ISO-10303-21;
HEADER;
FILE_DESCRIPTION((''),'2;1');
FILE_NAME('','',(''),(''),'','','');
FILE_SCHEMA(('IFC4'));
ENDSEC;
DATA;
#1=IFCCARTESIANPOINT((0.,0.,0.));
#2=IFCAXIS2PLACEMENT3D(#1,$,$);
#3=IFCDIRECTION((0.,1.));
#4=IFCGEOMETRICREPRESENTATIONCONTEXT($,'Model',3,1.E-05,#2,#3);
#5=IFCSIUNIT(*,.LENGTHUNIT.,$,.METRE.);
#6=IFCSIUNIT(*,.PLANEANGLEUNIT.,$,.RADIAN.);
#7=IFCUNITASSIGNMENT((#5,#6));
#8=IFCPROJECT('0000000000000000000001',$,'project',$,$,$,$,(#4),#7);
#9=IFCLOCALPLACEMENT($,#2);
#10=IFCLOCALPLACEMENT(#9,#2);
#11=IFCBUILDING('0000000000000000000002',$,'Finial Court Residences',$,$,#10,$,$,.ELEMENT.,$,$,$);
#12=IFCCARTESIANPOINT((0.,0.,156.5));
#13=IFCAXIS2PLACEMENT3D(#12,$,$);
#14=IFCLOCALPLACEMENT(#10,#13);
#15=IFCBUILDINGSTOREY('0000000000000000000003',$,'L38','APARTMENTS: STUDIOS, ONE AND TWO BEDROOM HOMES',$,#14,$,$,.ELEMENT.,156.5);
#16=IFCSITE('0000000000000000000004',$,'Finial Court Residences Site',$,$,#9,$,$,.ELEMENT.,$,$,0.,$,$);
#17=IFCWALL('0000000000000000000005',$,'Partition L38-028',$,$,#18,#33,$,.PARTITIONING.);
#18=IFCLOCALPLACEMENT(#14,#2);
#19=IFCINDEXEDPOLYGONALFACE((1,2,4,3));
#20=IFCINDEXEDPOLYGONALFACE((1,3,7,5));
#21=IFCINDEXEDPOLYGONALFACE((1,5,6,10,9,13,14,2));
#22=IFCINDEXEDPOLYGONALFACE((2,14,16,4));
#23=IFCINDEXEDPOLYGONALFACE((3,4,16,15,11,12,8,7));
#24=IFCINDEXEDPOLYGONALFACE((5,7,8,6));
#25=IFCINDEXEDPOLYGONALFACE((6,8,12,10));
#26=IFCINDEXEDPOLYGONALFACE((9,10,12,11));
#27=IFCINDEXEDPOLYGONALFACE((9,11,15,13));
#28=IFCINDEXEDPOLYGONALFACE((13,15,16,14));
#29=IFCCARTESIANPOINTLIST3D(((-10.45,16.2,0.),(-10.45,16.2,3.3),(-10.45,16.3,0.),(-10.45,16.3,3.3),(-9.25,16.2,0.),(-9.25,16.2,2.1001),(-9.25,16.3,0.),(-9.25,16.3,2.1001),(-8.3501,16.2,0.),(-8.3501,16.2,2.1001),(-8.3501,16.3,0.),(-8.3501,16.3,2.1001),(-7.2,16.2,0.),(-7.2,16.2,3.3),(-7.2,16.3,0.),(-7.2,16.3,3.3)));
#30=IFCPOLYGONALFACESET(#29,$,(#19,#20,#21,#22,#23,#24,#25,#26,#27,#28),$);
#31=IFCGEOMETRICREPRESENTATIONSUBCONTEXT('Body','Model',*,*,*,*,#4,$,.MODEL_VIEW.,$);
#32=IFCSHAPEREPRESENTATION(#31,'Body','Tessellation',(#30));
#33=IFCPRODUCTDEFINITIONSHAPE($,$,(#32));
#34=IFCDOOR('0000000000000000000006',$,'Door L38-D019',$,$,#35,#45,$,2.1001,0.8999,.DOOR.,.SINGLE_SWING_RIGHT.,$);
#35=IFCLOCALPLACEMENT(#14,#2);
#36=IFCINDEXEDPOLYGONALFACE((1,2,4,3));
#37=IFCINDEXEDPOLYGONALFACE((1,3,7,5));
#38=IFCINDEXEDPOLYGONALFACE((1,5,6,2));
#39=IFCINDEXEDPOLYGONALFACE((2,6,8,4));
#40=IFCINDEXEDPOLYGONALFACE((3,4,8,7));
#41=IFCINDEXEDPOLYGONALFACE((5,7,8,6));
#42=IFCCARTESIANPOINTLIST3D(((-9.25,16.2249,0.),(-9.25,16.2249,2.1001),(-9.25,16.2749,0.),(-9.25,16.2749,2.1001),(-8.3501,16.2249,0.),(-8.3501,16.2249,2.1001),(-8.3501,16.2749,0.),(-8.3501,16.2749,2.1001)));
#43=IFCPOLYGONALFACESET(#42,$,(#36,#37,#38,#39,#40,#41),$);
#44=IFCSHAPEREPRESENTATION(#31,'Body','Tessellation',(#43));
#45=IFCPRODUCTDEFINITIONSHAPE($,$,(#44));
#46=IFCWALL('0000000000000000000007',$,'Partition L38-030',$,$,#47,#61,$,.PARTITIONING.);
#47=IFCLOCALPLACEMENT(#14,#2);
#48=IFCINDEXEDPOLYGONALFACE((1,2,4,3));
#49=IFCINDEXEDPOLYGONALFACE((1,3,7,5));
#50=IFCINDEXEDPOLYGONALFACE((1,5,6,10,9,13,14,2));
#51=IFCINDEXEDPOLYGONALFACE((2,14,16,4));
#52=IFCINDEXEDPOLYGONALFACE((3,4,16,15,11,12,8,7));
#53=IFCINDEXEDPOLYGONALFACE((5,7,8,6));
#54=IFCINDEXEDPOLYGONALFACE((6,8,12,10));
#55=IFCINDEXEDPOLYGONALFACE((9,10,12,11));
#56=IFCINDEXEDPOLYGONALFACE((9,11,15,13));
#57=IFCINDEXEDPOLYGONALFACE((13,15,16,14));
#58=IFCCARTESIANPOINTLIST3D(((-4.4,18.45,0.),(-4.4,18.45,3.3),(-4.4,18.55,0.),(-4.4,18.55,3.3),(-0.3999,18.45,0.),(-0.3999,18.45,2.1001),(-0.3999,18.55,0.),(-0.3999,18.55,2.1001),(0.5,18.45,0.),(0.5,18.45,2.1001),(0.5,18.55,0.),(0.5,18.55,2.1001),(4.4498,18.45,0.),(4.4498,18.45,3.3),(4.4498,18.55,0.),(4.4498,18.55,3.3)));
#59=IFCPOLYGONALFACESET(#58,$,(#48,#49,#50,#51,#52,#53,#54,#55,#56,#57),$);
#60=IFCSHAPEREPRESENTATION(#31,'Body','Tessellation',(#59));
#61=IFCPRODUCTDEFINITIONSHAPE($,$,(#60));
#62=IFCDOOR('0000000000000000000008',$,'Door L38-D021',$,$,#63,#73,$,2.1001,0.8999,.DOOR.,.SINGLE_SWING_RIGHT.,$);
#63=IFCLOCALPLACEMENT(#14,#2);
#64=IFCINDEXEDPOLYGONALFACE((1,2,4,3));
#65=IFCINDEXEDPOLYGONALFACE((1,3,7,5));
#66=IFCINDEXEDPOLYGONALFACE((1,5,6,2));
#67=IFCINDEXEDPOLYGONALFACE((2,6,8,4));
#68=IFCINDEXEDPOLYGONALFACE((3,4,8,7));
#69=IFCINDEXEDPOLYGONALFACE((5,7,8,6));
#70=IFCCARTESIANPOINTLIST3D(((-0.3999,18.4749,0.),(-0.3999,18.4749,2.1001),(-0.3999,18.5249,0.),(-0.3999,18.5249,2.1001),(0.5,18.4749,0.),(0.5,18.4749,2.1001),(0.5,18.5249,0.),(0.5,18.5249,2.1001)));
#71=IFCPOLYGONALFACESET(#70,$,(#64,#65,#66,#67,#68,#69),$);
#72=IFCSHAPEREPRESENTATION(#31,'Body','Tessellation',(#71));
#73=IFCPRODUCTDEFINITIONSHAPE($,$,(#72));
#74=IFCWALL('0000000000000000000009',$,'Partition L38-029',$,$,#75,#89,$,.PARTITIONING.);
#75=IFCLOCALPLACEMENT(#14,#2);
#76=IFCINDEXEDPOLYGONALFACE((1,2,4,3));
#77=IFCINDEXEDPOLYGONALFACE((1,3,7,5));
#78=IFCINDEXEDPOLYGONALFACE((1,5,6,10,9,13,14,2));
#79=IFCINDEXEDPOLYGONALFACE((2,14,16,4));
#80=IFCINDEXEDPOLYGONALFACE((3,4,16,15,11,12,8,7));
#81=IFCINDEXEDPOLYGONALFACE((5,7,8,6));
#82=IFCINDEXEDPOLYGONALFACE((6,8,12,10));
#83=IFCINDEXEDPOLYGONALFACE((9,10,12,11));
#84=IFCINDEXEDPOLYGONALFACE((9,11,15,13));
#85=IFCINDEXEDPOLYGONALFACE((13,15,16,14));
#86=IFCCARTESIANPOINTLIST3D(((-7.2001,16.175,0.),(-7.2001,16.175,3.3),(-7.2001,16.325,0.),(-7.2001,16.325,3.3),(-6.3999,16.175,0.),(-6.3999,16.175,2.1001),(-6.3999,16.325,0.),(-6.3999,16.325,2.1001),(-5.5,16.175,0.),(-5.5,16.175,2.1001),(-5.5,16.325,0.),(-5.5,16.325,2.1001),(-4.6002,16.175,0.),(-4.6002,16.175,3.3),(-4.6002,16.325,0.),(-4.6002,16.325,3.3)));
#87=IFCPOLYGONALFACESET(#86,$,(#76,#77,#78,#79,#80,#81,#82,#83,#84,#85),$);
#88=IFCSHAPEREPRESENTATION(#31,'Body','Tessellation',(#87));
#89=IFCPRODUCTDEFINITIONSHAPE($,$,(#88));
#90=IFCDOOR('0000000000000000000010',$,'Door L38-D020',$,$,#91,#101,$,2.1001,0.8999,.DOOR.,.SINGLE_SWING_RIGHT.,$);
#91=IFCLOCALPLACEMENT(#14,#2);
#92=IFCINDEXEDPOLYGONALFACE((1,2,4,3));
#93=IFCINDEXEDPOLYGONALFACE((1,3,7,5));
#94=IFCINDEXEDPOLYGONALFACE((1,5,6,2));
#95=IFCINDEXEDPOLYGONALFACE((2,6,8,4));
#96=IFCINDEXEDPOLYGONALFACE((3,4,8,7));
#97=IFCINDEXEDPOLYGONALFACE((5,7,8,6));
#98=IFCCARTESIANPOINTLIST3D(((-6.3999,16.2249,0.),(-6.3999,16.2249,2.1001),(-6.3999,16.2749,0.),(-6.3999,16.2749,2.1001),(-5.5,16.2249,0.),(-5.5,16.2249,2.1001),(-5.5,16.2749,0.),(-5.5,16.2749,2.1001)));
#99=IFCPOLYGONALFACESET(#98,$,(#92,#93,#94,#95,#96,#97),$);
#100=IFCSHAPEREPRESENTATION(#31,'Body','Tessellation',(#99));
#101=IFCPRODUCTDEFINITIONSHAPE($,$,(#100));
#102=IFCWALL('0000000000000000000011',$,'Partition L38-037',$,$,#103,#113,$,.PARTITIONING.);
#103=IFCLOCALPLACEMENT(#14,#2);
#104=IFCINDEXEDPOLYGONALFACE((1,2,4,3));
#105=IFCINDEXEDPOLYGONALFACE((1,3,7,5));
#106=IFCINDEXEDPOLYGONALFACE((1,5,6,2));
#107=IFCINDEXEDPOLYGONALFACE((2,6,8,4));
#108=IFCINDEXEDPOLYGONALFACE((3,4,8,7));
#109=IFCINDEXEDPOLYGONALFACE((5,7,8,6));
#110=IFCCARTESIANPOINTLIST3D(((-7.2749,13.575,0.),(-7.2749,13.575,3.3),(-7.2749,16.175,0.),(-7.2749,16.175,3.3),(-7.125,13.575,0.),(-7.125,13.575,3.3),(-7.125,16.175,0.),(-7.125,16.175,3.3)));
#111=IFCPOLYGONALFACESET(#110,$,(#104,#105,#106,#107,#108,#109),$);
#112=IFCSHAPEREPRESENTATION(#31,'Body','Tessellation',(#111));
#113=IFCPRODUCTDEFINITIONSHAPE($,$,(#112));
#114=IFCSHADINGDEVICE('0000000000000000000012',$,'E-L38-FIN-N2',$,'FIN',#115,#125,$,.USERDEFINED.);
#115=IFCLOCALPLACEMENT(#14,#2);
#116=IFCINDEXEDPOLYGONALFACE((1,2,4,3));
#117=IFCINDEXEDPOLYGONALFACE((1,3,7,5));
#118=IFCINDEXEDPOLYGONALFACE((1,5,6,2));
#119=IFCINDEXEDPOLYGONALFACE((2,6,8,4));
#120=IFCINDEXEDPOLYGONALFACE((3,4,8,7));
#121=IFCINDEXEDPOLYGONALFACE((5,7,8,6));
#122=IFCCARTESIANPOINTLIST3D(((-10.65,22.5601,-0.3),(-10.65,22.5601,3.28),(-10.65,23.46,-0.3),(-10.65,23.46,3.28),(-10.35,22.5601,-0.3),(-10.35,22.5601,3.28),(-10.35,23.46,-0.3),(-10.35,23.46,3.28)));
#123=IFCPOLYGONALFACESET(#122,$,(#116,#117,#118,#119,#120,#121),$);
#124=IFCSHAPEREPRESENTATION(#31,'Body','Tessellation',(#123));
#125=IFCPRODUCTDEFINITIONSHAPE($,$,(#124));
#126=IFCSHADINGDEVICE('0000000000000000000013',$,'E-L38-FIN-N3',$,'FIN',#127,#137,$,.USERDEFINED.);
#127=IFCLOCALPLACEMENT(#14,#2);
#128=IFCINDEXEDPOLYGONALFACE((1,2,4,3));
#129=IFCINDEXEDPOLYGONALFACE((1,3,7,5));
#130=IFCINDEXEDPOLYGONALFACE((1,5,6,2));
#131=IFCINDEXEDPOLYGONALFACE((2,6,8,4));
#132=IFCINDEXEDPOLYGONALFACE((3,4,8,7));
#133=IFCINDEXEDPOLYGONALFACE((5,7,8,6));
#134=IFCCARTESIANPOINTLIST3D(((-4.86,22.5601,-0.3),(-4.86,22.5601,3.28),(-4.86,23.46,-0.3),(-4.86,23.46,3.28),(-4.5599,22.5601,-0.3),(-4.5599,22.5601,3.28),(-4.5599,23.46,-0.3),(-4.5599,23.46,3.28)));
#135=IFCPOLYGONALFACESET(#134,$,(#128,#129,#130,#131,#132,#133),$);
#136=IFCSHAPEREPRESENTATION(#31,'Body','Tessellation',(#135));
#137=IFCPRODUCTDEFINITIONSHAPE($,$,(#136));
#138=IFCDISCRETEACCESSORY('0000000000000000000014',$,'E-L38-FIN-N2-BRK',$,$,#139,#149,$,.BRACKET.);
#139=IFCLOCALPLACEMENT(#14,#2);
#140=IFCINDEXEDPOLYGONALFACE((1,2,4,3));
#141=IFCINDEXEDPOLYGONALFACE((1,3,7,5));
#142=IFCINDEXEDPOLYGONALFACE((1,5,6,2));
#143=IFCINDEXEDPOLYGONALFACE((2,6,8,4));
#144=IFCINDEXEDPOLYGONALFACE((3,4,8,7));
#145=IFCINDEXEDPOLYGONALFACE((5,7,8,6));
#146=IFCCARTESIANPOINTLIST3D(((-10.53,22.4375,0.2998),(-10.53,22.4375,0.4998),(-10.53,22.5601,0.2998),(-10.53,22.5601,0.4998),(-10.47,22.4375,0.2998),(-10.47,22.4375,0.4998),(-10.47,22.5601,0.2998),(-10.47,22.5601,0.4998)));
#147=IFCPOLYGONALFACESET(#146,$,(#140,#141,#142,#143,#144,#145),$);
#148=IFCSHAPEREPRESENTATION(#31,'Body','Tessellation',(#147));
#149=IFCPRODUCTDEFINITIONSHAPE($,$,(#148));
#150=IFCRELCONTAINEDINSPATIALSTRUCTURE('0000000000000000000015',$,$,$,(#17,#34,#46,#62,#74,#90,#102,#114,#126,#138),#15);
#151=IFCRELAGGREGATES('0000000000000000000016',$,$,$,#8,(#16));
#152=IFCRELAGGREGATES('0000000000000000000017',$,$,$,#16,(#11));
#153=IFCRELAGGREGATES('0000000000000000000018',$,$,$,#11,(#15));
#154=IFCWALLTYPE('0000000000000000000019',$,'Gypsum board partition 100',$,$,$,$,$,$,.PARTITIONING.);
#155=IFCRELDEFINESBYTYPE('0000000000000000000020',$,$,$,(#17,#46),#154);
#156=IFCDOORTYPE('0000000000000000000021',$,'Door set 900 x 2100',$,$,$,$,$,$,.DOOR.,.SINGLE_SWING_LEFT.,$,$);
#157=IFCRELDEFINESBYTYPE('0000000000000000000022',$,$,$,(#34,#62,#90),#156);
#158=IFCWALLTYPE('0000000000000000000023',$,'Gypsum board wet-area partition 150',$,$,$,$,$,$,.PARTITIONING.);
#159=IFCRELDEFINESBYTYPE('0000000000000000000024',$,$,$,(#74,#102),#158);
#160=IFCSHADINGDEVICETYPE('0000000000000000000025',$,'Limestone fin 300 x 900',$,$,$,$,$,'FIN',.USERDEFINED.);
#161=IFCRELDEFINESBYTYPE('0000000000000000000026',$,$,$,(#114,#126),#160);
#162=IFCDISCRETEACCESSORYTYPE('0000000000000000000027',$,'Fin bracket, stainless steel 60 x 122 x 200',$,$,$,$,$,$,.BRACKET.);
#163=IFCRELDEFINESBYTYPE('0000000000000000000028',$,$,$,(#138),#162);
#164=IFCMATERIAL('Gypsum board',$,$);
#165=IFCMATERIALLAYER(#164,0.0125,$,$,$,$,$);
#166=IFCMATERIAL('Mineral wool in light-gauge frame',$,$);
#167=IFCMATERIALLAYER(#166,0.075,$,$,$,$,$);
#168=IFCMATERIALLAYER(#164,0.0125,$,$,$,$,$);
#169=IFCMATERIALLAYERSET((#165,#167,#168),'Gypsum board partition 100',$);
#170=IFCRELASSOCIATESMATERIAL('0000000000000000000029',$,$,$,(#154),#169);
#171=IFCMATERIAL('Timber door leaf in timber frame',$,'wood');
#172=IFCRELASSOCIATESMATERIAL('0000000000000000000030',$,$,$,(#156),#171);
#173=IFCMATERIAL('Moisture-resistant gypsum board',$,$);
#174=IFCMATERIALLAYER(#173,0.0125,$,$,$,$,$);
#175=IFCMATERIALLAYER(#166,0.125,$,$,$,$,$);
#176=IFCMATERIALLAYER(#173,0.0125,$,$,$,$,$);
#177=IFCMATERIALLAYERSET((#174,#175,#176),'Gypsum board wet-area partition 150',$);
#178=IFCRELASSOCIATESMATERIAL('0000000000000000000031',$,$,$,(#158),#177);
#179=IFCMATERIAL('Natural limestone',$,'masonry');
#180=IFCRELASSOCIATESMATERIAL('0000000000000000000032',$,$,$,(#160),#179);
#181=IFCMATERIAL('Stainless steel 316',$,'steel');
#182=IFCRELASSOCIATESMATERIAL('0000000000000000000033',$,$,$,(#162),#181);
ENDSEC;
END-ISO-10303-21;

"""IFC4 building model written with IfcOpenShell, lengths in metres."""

from ifc_helpers import new_model, si_unit, direction, frame, frame_2d, origin, origin_2d, place, context, subcontext, project, spatial, rectangle, extrude, material, layer, layer_set, type_object, element, fill, save


model = new_model("IFC4")

# Units and contexts
model_context = context("Model", 3, precision=1e-05, world=origin(), true_north=direction((0.0, 1.0)))
body_context = subcontext(model_context, "Body", "Model", "MODEL_VIEW")
ifc_project = project(units=[si_unit("LENGTHUNIT", "METRE"), si_unit("PLANEANGLEUNIT", "RADIAN")], contexts=[model_context])

# Site, building, storey
site_placement = place(None, origin())
site = spatial("IfcSite", under=ifc_project, at=site_placement, Name="Finial Court Residences Site", CompositionType="ELEMENT", RefElevation=0.0)
building_placement = place(site_placement, origin())
building = spatial("IfcBuilding", under=site, at=building_placement, Name="Finial Court Residences", CompositionType="ELEMENT")
storey_placement = place(building_placement, frame((0.0, 0.0, 156.5)))
storey = spatial("IfcBuildingStorey", under=building, at=storey_placement, Name="L38", Description="APARTMENTS: STUDIOS, ONE AND TWO BEDROOM HOMES", CompositionType="ELEMENT", Elevation=156.5)

# Shared definitions
ifc_material_1 = material(Name="Gypsum board")
ifc_layer_1 = layer(ifc_material_1, 0.0125)
ifc_material_2 = material(Name="Mineral wool in light-gauge frame")
ifc_layer_2 = layer(ifc_material_2, 0.075)
ifc_layer_3 = layer(ifc_material_1, 0.0125)
ifc_layer_set_1 = layer_set([ifc_layer_1, ifc_layer_2, ifc_layer_3], Name="Gypsum board partition 100")
wall_type_1 = type_object("IfcWallType", Name="Gypsum board partition 100", PredefinedType="PARTITIONING", material=ifc_layer_set_1)

# Walls, openings, doors
wall_1_placement = place(storey_placement, frame((-10.45, 16.25, 0.0), z_axis=(0.0, 0.0, 1.0), x_axis=(1.0, 0.0, 0.0)))
wall_1 = element("IfcWall", 1, at=wall_1_placement, inside=storey, type_object=wall_type_1, Name="Partition L38-028", PredefinedType="PARTITIONING", context=body_context, shape_type="SweptSolid", body=[
    extrude(rectangle(XDim=3.25, YDim=0.1001, at=frame_2d((1.625, 0.0))), origin(), (0.0, 0.0, 1.0), 3.3),
])
opening_1_placement = place(wall_1_placement, frame((1.2, 0.0, 0.0)))
opening_1 = element("IfcOpeningElement", 2, at=opening_1_placement, cuts=wall_1, PredefinedType="OPENING", context=body_context, shape_type="SweptSolid", body=[
    extrude(rectangle(XDim=0.8999, YDim=2.1001, at=frame_2d((0.45, 1.05))), frame((0.0, 0.0601, 0.0), z_axis=(0.0, -1.0, 0.0), x_axis=(1.0, 0.0, 0.0)), (0.0, 0.0, 1.0), 0.1201),
])
ifc_material_3 = material(Name="Timber door leaf in timber frame", Category="wood")
door_type = type_object("IfcDoorType", Name="Door set 900 x 2100", OperationType="SINGLE_SWING_LEFT", PredefinedType="DOOR", material=ifc_material_3)
door_1_placement = place(opening_1_placement, origin())
door_1 = element("IfcDoor", 3, at=door_1_placement, inside=storey, type_object=door_type, Name="Door L38-D019", OperationType="SINGLE_SWING_RIGHT", OverallHeight=2.1001, OverallWidth=0.8999, PredefinedType="DOOR", context=body_context, shape_type="SweptSolid", body=[
    extrude(rectangle(XDim=0.8999, YDim=2.1001, at=frame_2d((0.45, 1.05))), frame((0.0, 0.0249, 0.0), z_axis=(0.0, -1.0, 0.0), x_axis=(1.0, 0.0, 0.0)), (0.0, 0.0, 1.0), 0.05),
])
fill(opening_1, door_1)
wall_2_placement = place(storey_placement, frame((-4.3999, 18.5, 0.0), z_axis=(0.0, 0.0, 1.0), x_axis=(1.0, 0.0, 0.0)))
wall_2 = element("IfcWall", 4, at=wall_2_placement, inside=storey, type_object=wall_type_1, Name="Partition L38-030", PredefinedType="PARTITIONING", context=body_context, shape_type="SweptSolid", body=[
    extrude(rectangle(XDim=8.8499, YDim=0.1001, at=frame_2d((4.4248, 0.0))), origin(), (0.0, 0.0, 1.0), 3.3),
])
opening_2_placement = place(wall_2_placement, frame((4.0, 0.0, 0.0)))
opening_2 = element("IfcOpeningElement", 5, at=opening_2_placement, cuts=wall_2, PredefinedType="OPENING", context=body_context, shape_type="SweptSolid", body=[
    extrude(rectangle(XDim=0.8999, YDim=2.1001, at=frame_2d((0.45, 1.05))), frame((0.0, 0.0601, 0.0), z_axis=(0.0, -1.0, 0.0), x_axis=(1.0, 0.0, 0.0)), (0.0, 0.0, 1.0), 0.1201),
])
door_2_placement = place(opening_2_placement, origin())
door_2 = element("IfcDoor", 6, at=door_2_placement, inside=storey, type_object=door_type, Name="Door L38-D021", OperationType="SINGLE_SWING_RIGHT", OverallHeight=2.1001, OverallWidth=0.8999, PredefinedType="DOOR", context=body_context, shape_type="SweptSolid", body=[
    extrude(rectangle(XDim=0.8999, YDim=2.1001, at=frame_2d((0.45, 1.05))), frame((0.0, 0.0249, 0.0), z_axis=(0.0, -1.0, 0.0), x_axis=(1.0, 0.0, 0.0)), (0.0, 0.0, 1.0), 0.05),
])
fill(opening_2, door_2)
ifc_material_4 = material(Name="Moisture-resistant gypsum board")
ifc_layer_4 = layer(ifc_material_4, 0.0125)
ifc_layer_5 = layer(ifc_material_2, 0.125)
ifc_layer_6 = layer(ifc_material_4, 0.0125)
ifc_layer_set_2 = layer_set([ifc_layer_4, ifc_layer_5, ifc_layer_6], Name="Gypsum board wet-area partition 150")
wall_type_2 = type_object("IfcWallType", Name="Gypsum board wet-area partition 150", PredefinedType="PARTITIONING", material=ifc_layer_set_2)
wall_3_placement = place(storey_placement, frame((-7.2, 16.25, 0.0), z_axis=(0.0, 0.0, 1.0), x_axis=(1.0, 0.0, 0.0)))
wall_3 = element("IfcWall", 7, at=wall_3_placement, inside=storey, type_object=wall_type_2, Name="Partition L38-029", PredefinedType="PARTITIONING", context=body_context, shape_type="SweptSolid", body=[
    extrude(rectangle(XDim=2.5999, YDim=0.1499, at=frame_2d((1.2998, 0.0))), origin(), (0.0, 0.0, 1.0), 3.3),
])
opening_3_placement = place(wall_3_placement, frame((0.8, 0.0, 0.0)))
opening_3 = element("IfcOpeningElement", 8, at=opening_3_placement, cuts=wall_3, PredefinedType="OPENING", context=body_context, shape_type="SweptSolid", body=[
    extrude(rectangle(XDim=0.8999, YDim=2.1001, at=frame_2d((0.45, 1.05))), frame((0.0, 0.085, 0.0), z_axis=(0.0, -1.0, 0.0), x_axis=(1.0, 0.0, 0.0)), (0.0, 0.0, 1.0), 0.1699),
])
door_3_placement = place(opening_3_placement, origin())
door_3 = element("IfcDoor", 9, at=door_3_placement, inside=storey, type_object=door_type, Name="Door L38-D020", OperationType="SINGLE_SWING_RIGHT", OverallHeight=2.1001, OverallWidth=0.8999, PredefinedType="DOOR", context=body_context, shape_type="SweptSolid", body=[
    extrude(rectangle(XDim=0.8999, YDim=2.1001, at=frame_2d((0.45, 1.05))), frame((0.0, 0.0249, 0.0), z_axis=(0.0, -1.0, 0.0), x_axis=(1.0, 0.0, 0.0)), (0.0, 0.0, 1.0), 0.05),
])
fill(opening_3, door_3)

# Wall
wall_4_placement = place(storey_placement, frame((-7.2, 13.575, 0.0), z_axis=(0.0, 0.0, 1.0), x_axis=(0.0, 1.0, 0.0)))
element("IfcWall", 10, at=wall_4_placement, inside=storey, type_object=wall_type_2, Name="Partition L38-037", PredefinedType="PARTITIONING", context=body_context, shape_type="SweptSolid", body=[
    extrude(rectangle(XDim=2.6001, YDim=0.1499, at=frame_2d((1.3, 0.0))), origin(), (0.0, 0.0, 1.0), 3.3),
])

# Shading devices
ifc_material_5 = material(Name="Natural limestone", Category="masonry")
shading_device_type = type_object("IfcShadingDeviceType", Name="Limestone fin 300 x 900", ElementType="FIN", PredefinedType="USERDEFINED", material=ifc_material_5)
for number, where, z_axis, x_axis, name in (
    (11, (-10.5, 23.01, -0.3), (0.0, 0.0, 1.0), (1.0, 0.0, 0.0), "E-L38-FIN-N2"),
    (12, (-4.71, 23.01, -0.3), (0.0, 0.0, 1.0), (1.0, 0.0, 0.0), "E-L38-FIN-N3"),
):
    element("IfcShadingDevice", number, at=place(storey_placement, frame(where, z_axis=z_axis, x_axis=x_axis)), inside=storey, type_object=shading_device_type, Name=name, ObjectType="FIN", PredefinedType="USERDEFINED", context=body_context, shape_type="SweptSolid", body=[
        extrude(rectangle(XDim=0.3, YDim=0.8999, at=origin_2d()), origin(), (0.0, 0.0, 1.0), 3.5801),
    ])

# Discrete accessory
ifc_material_6 = material(Name="Stainless steel 316", Category="steel")
discrete_accessory_type = type_object("IfcDiscreteAccessoryType", Name="Fin bracket, stainless steel 60 x 122 x 200", PredefinedType="BRACKET", material=ifc_material_6)
discrete_accessory_placement = place(storey_placement, frame((-10.5, 22.4988, 0.2998), z_axis=(0.0, 0.0, 1.0), x_axis=(1.0, 0.0, 0.0)))
element("IfcDiscreteAccessory", 13, at=discrete_accessory_placement, inside=storey, type_object=discrete_accessory_type, Name="E-L38-FIN-N2-BRK", PredefinedType="BRACKET", context=body_context, shape_type="SweptSolid", body=[
    extrude(rectangle(XDim=0.0601, YDim=0.1226, at=origin_2d()), origin(), (0.0, 0.0, 1.0), 0.2),
])

save(model, "model.ifc")
